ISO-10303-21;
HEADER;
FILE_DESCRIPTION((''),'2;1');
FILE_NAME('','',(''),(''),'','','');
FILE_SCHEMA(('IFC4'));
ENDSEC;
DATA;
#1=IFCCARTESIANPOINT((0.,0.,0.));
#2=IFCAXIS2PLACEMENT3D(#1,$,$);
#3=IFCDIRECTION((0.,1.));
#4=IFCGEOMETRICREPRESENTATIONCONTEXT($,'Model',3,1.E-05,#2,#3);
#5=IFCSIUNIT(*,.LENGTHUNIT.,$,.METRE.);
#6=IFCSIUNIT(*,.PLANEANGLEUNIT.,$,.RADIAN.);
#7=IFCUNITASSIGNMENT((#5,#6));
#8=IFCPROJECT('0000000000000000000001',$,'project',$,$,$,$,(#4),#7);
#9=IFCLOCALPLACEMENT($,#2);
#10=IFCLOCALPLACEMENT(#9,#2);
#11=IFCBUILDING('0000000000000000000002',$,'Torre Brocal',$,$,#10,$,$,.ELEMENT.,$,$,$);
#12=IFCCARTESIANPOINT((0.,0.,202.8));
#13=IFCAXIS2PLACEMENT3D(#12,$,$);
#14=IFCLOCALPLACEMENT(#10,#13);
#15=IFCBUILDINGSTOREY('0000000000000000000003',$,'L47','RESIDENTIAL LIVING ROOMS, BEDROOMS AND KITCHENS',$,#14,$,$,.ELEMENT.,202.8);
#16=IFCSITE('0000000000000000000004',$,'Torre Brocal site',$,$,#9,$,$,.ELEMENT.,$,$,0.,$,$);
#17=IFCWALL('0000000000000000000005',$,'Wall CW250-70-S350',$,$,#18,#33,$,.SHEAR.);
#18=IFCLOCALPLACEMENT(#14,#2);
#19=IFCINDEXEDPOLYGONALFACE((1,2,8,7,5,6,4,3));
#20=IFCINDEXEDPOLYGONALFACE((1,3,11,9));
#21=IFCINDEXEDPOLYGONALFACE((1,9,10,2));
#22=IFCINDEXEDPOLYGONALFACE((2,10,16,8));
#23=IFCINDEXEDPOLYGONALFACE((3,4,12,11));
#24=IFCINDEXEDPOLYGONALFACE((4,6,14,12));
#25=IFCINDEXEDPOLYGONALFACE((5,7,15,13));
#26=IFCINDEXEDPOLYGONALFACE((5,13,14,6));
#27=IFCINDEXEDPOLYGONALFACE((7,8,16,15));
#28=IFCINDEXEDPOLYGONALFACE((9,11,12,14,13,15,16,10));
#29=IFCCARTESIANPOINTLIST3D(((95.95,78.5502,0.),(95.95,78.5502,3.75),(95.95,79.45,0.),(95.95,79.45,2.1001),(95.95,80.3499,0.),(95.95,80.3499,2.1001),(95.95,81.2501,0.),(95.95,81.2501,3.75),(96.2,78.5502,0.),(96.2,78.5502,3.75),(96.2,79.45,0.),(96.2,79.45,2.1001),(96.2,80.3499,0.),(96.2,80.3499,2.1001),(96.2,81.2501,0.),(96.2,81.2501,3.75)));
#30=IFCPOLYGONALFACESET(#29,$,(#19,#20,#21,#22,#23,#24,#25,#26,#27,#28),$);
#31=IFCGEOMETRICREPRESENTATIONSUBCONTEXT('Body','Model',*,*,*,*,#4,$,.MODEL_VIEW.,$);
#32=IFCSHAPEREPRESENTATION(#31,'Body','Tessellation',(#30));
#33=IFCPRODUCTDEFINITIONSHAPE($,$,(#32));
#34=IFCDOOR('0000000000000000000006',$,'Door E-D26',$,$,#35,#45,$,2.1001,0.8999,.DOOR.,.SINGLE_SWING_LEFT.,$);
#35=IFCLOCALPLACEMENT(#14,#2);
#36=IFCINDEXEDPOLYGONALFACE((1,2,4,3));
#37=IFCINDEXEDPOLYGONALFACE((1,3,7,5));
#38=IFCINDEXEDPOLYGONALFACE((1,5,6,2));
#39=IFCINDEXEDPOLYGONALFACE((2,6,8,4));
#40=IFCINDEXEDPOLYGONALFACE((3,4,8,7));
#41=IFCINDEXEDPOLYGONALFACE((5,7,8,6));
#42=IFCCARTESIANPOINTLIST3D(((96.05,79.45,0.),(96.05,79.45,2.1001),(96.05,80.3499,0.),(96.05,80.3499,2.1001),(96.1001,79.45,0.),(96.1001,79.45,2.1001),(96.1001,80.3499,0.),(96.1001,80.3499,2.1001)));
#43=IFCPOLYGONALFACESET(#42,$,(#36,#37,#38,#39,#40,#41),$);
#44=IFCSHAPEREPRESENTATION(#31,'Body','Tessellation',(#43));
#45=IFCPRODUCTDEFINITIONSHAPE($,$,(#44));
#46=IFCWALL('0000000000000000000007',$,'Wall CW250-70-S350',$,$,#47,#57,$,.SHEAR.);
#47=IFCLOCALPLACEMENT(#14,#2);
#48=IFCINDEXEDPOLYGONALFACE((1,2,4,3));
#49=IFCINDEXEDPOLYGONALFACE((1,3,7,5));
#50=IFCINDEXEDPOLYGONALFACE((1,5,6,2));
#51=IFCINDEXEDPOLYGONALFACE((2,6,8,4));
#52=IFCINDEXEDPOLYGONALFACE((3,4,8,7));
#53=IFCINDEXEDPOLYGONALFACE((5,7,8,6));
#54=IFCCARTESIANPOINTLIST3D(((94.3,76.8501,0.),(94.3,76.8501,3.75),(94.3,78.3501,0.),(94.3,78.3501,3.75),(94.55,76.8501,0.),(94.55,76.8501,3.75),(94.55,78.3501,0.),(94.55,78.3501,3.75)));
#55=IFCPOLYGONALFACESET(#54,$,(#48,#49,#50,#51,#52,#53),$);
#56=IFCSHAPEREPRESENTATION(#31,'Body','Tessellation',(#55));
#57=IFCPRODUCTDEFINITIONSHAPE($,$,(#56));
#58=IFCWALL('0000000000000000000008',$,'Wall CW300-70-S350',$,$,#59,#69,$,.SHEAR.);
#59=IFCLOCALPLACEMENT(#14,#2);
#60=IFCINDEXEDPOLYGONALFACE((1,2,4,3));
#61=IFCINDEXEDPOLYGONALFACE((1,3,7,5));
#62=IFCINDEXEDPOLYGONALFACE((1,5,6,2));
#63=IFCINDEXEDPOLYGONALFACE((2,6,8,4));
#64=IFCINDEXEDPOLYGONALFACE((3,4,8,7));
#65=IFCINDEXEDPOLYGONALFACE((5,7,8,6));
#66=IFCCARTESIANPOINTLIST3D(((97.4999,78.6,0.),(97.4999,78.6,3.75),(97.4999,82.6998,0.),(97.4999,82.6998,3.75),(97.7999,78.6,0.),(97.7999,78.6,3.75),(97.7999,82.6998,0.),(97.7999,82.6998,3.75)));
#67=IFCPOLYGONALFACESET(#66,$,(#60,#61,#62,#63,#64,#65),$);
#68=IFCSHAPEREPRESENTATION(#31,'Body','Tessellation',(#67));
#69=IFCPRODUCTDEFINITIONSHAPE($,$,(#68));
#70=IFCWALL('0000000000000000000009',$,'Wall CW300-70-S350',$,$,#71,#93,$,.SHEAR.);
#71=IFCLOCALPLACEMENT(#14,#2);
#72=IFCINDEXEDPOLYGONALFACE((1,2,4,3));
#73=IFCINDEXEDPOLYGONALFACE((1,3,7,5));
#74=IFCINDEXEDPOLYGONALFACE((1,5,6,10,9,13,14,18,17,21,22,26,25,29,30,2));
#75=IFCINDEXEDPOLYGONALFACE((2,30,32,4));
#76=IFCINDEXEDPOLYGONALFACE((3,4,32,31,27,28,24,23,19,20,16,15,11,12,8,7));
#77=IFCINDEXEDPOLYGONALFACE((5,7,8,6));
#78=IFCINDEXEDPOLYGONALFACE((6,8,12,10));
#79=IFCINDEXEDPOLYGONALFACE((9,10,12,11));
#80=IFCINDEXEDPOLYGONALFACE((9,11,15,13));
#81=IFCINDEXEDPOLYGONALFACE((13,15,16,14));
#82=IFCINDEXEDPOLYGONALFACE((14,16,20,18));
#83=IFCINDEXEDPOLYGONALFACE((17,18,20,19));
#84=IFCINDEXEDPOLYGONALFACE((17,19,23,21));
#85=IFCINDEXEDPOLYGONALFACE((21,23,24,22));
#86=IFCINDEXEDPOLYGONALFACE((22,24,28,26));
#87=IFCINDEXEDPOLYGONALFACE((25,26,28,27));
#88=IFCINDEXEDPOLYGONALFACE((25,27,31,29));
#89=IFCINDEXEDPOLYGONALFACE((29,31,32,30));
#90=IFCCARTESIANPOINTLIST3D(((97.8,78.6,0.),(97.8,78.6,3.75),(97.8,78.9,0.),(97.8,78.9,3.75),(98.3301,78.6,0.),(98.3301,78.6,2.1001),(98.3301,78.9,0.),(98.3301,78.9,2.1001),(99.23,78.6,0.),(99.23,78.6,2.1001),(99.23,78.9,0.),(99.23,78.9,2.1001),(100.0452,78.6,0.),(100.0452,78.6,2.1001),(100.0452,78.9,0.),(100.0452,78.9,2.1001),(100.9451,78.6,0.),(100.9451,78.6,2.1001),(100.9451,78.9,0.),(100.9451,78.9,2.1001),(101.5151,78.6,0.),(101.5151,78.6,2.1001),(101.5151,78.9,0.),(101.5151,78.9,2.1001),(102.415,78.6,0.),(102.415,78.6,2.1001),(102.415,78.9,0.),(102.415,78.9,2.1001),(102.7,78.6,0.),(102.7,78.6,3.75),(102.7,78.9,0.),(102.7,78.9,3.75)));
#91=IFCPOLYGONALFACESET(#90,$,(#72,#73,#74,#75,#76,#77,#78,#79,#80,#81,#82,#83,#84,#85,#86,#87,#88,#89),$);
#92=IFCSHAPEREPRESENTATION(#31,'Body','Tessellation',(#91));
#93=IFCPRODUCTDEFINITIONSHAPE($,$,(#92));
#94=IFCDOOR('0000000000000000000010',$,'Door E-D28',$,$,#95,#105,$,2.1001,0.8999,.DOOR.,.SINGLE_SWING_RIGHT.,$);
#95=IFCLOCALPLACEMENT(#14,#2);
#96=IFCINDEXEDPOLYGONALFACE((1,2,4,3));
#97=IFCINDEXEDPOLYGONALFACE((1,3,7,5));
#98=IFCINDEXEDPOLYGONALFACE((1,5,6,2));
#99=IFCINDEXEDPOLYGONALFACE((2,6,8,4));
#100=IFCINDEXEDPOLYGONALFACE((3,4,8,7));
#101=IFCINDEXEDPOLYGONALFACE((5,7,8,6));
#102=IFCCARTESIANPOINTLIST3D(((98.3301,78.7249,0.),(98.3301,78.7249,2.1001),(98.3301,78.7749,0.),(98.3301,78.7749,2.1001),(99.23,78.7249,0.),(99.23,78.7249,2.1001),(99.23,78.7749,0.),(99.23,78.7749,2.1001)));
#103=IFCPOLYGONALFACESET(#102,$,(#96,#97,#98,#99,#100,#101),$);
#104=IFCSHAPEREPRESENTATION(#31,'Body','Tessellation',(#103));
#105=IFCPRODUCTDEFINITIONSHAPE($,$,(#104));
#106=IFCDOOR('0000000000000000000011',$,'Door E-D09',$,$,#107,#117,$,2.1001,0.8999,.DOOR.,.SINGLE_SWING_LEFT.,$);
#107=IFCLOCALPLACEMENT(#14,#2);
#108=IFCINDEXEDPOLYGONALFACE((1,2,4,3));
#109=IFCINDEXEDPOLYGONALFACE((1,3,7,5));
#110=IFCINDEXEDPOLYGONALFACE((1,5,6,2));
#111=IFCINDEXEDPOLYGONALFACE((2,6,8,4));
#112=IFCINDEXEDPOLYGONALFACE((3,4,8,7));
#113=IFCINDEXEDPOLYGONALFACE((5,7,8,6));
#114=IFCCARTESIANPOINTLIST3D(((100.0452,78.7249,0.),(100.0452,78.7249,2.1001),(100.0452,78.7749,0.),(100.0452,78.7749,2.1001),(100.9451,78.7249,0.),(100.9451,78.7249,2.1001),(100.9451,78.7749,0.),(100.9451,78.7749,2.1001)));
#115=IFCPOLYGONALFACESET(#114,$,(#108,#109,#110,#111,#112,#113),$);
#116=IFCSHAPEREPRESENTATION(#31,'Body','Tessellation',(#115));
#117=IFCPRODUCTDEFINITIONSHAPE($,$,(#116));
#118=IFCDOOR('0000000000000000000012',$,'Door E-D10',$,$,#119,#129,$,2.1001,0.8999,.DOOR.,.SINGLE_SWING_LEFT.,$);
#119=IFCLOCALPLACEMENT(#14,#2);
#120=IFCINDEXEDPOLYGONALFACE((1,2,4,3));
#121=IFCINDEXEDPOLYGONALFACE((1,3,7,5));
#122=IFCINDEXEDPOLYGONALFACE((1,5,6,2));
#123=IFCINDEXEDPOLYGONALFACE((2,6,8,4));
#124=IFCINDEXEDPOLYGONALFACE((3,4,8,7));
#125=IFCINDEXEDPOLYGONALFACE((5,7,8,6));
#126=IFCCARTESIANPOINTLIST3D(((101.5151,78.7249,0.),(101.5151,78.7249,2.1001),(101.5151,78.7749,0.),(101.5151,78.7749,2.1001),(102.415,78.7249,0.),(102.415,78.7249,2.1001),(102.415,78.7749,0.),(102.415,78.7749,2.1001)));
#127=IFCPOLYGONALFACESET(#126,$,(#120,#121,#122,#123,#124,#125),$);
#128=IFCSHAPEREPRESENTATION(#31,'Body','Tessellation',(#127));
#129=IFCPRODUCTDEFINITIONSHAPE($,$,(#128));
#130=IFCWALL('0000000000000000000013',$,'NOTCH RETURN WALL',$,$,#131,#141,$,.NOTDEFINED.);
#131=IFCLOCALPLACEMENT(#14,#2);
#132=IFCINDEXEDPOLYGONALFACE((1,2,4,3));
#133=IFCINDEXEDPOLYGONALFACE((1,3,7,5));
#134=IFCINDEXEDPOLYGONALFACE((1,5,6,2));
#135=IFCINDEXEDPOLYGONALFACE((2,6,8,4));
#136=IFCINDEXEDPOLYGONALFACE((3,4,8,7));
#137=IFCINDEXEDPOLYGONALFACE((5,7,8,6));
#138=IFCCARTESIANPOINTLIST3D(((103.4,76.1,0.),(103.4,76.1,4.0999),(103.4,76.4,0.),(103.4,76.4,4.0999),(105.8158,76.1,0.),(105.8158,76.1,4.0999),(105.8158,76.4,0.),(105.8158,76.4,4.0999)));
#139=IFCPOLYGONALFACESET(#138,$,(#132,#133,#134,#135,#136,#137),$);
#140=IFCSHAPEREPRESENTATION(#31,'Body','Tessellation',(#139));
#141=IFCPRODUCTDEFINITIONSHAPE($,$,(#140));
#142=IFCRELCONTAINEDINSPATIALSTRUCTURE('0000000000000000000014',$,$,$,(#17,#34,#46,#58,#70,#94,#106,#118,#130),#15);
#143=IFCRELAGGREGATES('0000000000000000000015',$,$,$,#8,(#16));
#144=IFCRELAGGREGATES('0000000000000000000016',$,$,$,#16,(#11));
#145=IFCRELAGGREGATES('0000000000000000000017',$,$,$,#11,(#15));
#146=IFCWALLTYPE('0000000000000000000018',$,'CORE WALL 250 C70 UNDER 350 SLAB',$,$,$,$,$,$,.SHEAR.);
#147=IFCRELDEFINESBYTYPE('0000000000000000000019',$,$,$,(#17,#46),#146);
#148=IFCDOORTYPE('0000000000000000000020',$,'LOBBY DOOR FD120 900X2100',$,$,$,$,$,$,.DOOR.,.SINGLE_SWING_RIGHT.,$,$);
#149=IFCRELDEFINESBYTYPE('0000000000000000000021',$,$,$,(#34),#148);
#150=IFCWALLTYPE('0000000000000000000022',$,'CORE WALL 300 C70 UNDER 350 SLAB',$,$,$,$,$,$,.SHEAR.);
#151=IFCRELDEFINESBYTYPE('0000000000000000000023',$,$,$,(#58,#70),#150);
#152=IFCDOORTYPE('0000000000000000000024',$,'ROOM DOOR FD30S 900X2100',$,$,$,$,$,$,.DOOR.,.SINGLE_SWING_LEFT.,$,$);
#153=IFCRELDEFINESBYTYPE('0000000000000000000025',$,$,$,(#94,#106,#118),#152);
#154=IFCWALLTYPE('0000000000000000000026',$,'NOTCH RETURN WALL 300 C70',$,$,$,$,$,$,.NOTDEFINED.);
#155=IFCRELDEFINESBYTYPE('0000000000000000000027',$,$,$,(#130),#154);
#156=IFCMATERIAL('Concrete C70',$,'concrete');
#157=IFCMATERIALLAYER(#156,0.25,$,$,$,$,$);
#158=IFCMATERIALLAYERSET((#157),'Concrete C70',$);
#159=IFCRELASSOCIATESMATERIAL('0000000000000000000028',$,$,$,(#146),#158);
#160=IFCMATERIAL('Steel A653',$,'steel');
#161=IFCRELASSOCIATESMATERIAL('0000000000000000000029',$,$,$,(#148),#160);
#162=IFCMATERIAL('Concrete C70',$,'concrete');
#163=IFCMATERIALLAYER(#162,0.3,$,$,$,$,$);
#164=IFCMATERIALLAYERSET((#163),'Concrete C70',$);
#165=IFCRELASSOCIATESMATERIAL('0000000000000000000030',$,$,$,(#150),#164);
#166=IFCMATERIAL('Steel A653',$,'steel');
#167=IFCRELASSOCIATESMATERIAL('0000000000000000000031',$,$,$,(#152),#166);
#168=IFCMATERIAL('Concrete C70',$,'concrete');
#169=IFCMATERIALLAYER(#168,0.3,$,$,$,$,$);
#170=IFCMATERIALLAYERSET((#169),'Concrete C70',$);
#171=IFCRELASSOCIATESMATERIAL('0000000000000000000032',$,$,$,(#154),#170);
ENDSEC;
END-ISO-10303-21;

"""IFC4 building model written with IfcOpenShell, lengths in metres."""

from ifc_helpers import new_model, si_unit, direction, frame, frame_2d, origin, place, context, subcontext, project, spatial, rectangle, extrude, material, layer, layer_set, type_object, element, fill, save


model = new_model("IFC4")

# Units and contexts
model_context = context("Model", 3, precision=1e-05, world=origin(), true_north=direction((0.0, 1.0)))
body_context = subcontext(model_context, "Body", "Model", "MODEL_VIEW")
ifc_project = project(units=[si_unit("LENGTHUNIT", "METRE"), si_unit("PLANEANGLEUNIT", "RADIAN")], contexts=[model_context])

# Site, building, storey
site_placement = place(None, origin())
site = spatial("IfcSite", under=ifc_project, at=site_placement, Name="Torre Brocal site", CompositionType="ELEMENT", RefElevation=0.0)
building_placement = place(site_placement, origin())
building = spatial("IfcBuilding", under=site, at=building_placement, Name="Torre Brocal", CompositionType="ELEMENT")
storey_placement = place(building_placement, frame((0.0, 0.0, 202.8)))
storey = spatial("IfcBuildingStorey", under=building, at=storey_placement, Name="L47", Description="RESIDENTIAL LIVING ROOMS, BEDROOMS AND KITCHENS", CompositionType="ELEMENT", Elevation=202.8)

# Wall, opening, door
ifc_material_1 = material(Name="Concrete C70", Category="concrete")
ifc_layer_1 = layer(ifc_material_1, 0.25)
ifc_layer_set_1 = layer_set([ifc_layer_1], Name="Concrete C70")
wall_type_1 = type_object("IfcWallType", Name="CORE WALL 250 C70 UNDER 350 SLAB", PredefinedType="SHEAR", material=ifc_layer_set_1)
wall_1_placement = place(storey_placement, frame((96.075, 78.55, 0.0), z_axis=(0.0, 0.0, 1.0), x_axis=(0.0, 1.0, 0.0)))
wall_1 = element("IfcWall", 1, at=wall_1_placement, inside=storey, type_object=wall_type_1, Name="Wall CW250-70-S350", PredefinedType="SHEAR", context=body_context, shape_type="SweptSolid", body=[
    extrude(rectangle(XDim=2.7, YDim=0.25, at=frame_2d((1.3501, 0.0))), origin(), (0.0, 0.0, 1.0), 3.75),
])
opening_1_placement = place(wall_1_placement, frame((0.8999, 0.0, 0.0)))
opening_1 = element("IfcOpeningElement", 2, at=opening_1_placement, cuts=wall_1, PredefinedType="OPENING", context=body_context, shape_type="SweptSolid", body=[
    extrude(rectangle(XDim=0.8999, YDim=2.1001, at=frame_2d((0.45, 1.05))), frame((0.0, 0.135, 0.0), z_axis=(0.0, -1.0, 0.0), x_axis=(1.0, 0.0, 0.0)), (0.0, 0.0, 1.0), 0.27),
])
ifc_material_2 = material(Name="Steel A653", Category="steel")
door_type_1 = type_object("IfcDoorType", Name="LOBBY DOOR FD120 900X2100", OperationType="SINGLE_SWING_RIGHT", PredefinedType="DOOR", material=ifc_material_2)
door_1_placement = place(opening_1_placement, origin())
door_1 = element("IfcDoor", 3, at=door_1_placement, inside=storey, type_object=door_type_1, Name="Door E-D26", OperationType="SINGLE_SWING_LEFT", OverallHeight=2.1001, OverallWidth=0.8999, PredefinedType="DOOR", context=body_context, shape_type="SweptSolid", body=[
    extrude(rectangle(XDim=0.8999, YDim=2.1001, at=frame_2d((0.45, 1.05))), frame((0.0, 0.0249, 0.0), z_axis=(0.0, -1.0, 0.0), x_axis=(1.0, 0.0, 0.0)), (0.0, 0.0, 1.0), 0.05),
])
fill(opening_1, door_1)

# Walls
wall_2_placement = place(storey_placement, frame((94.425, 76.8501, 0.0), z_axis=(0.0, 0.0, 1.0), x_axis=(0.0, 1.0, 0.0)))
element("IfcWall", 4, at=wall_2_placement, inside=storey, type_object=wall_type_1, Name="Wall CW250-70-S350", PredefinedType="SHEAR", context=body_context, shape_type="SweptSolid", body=[
    extrude(rectangle(XDim=1.5, YDim=0.25, at=frame_2d((0.75, 0.0))), origin(), (0.0, 0.0, 1.0), 3.75),
])
ifc_material_3 = material(Name="Concrete C70", Category="concrete")
ifc_layer_2 = layer(ifc_material_3, 0.3)
ifc_layer_set_2 = layer_set([ifc_layer_2], Name="Concrete C70")
wall_type_2 = type_object("IfcWallType", Name="CORE WALL 300 C70 UNDER 350 SLAB", PredefinedType="SHEAR", material=ifc_layer_set_2)
wall_3_placement = place(storey_placement, frame((97.6499, 78.6001, 0.0), z_axis=(0.0, 0.0, 1.0), x_axis=(0.0, 1.0, 0.0)))
element("IfcWall", 5, at=wall_3_placement, inside=storey, type_object=wall_type_2, Name="Wall CW300-70-S350", PredefinedType="SHEAR", context=body_context, shape_type="SweptSolid", body=[
    extrude(rectangle(XDim=4.0999, YDim=0.3, at=frame_2d((2.0498, 0.0))), origin(), (0.0, 0.0, 1.0), 3.75),
])

# Wall, openings, doors
wall_4_placement = place(storey_placement, frame((97.8, 78.75, 0.0), z_axis=(0.0, 0.0, 1.0), x_axis=(1.0, 0.0, 0.0)))
wall_4 = element("IfcWall", 6, at=wall_4_placement, inside=storey, type_object=wall_type_2, Name="Wall CW300-70-S350", PredefinedType="SHEAR", context=body_context, shape_type="SweptSolid", body=[
    extrude(rectangle(XDim=4.8999, YDim=0.3, at=frame_2d((2.45, 0.0))), origin(), (0.0, 0.0, 1.0), 3.75),
])
opening_2_placement = place(wall_4_placement, frame((0.53, 0.0, 0.0)))
opening_2 = element("IfcOpeningElement", 7, at=opening_2_placement, cuts=wall_4, PredefinedType="OPENING", context=body_context, shape_type="SweptSolid", body=[
    extrude(rectangle(XDim=0.8999, YDim=2.1001, at=frame_2d((0.45, 1.05))), frame((0.0, 0.1599, 0.0), z_axis=(0.0, -1.0, 0.0), x_axis=(1.0, 0.0, 0.0)), (0.0, 0.0, 1.0), 0.3201),
])
opening_3_placement = place(wall_4_placement, frame((2.2451, 0.0, 0.0)))
opening_3 = element("IfcOpeningElement", 8, at=opening_3_placement, cuts=wall_4, PredefinedType="OPENING", context=body_context, shape_type="SweptSolid", body=[
    extrude(rectangle(XDim=0.8999, YDim=2.1001, at=frame_2d((0.45, 1.05))), frame((0.0, 0.1599, 0.0), z_axis=(0.0, -1.0, 0.0), x_axis=(1.0, 0.0, 0.0)), (0.0, 0.0, 1.0), 0.3201),
])
opening_4_placement = place(wall_4_placement, frame((3.7151, 0.0, 0.0)))
opening_4 = element("IfcOpeningElement", 9, at=opening_4_placement, cuts=wall_4, PredefinedType="OPENING", context=body_context, shape_type="SweptSolid", body=[
    extrude(rectangle(XDim=0.8999, YDim=2.1001, at=frame_2d((0.45, 1.05))), frame((0.0, 0.1599, 0.0), z_axis=(0.0, -1.0, 0.0), x_axis=(1.0, 0.0, 0.0)), (0.0, 0.0, 1.0), 0.3201),
])
ifc_material_4 = material(Name="Steel A653", Category="steel")
door_type_2 = type_object("IfcDoorType", Name="ROOM DOOR FD30S 900X2100", OperationType="SINGLE_SWING_LEFT", PredefinedType="DOOR", material=ifc_material_4)
door_2_placement = place(opening_2_placement, origin())
door_2 = element("IfcDoor", 10, at=door_2_placement, inside=storey, type_object=door_type_2, Name="Door E-D28", OperationType="SINGLE_SWING_RIGHT", OverallHeight=2.1001, OverallWidth=0.8999, PredefinedType="DOOR", context=body_context, shape_type="SweptSolid", body=[
    extrude(rectangle(XDim=0.8999, YDim=2.1001, at=frame_2d((0.45, 1.05))), frame((0.0, 0.0249, 0.0), z_axis=(0.0, -1.0, 0.0), x_axis=(1.0, 0.0, 0.0)), (0.0, 0.0, 1.0), 0.05),
])
fill(opening_2, door_2)
door_3_placement = place(opening_3_placement, origin())
door_3 = element("IfcDoor", 11, at=door_3_placement, inside=storey, type_object=door_type_2, Name="Door E-D09", OperationType="SINGLE_SWING_LEFT", OverallHeight=2.1001, OverallWidth=0.8999, PredefinedType="DOOR", context=body_context, shape_type="SweptSolid", body=[
    extrude(rectangle(XDim=0.8999, YDim=2.1001, at=frame_2d((0.45, 1.05))), frame((0.0, 0.0249, 0.0), z_axis=(0.0, -1.0, 0.0), x_axis=(1.0, 0.0, 0.0)), (0.0, 0.0, 1.0), 0.05),
])
fill(opening_3, door_3)
door_4_placement = place(opening_4_placement, origin())
door_4 = element("IfcDoor", 12, at=door_4_placement, inside=storey, type_object=door_type_2, Name="Door E-D10", OperationType="SINGLE_SWING_LEFT", OverallHeight=2.1001, OverallWidth=0.8999, PredefinedType="DOOR", context=body_context, shape_type="SweptSolid", body=[
    extrude(rectangle(XDim=0.8999, YDim=2.1001, at=frame_2d((0.45, 1.05))), frame((0.0, 0.0249, 0.0), z_axis=(0.0, -1.0, 0.0), x_axis=(1.0, 0.0, 0.0)), (0.0, 0.0, 1.0), 0.05),
])
fill(opening_4, door_4)

# Wall
ifc_material_5 = material(Name="Concrete C70", Category="concrete")
ifc_layer_3 = layer(ifc_material_5, 0.3)
ifc_layer_set_3 = layer_set([ifc_layer_3], Name="Concrete C70")
wall_type_3 = type_object("IfcWallType", Name="NOTCH RETURN WALL 300 C70", PredefinedType="NOTDEFINED", material=ifc_layer_set_3)
wall_5_placement = place(storey_placement, frame((103.3999, 76.25, 0.0), z_axis=(0.0, 0.0, 1.0), x_axis=(1.0, 0.0, 0.0)))
element("IfcWall", 13, at=wall_5_placement, inside=storey, type_object=wall_type_3, Name="NOTCH RETURN WALL", PredefinedType="NOTDEFINED", context=body_context, shape_type="SweptSolid", body=[
    extrude(rectangle(XDim=2.4158, YDim=0.3, at=frame_2d((1.208, 0.0))), origin(), (0.0, 0.0, 1.0), 4.0999),
])

save(model, "model.ifc")
